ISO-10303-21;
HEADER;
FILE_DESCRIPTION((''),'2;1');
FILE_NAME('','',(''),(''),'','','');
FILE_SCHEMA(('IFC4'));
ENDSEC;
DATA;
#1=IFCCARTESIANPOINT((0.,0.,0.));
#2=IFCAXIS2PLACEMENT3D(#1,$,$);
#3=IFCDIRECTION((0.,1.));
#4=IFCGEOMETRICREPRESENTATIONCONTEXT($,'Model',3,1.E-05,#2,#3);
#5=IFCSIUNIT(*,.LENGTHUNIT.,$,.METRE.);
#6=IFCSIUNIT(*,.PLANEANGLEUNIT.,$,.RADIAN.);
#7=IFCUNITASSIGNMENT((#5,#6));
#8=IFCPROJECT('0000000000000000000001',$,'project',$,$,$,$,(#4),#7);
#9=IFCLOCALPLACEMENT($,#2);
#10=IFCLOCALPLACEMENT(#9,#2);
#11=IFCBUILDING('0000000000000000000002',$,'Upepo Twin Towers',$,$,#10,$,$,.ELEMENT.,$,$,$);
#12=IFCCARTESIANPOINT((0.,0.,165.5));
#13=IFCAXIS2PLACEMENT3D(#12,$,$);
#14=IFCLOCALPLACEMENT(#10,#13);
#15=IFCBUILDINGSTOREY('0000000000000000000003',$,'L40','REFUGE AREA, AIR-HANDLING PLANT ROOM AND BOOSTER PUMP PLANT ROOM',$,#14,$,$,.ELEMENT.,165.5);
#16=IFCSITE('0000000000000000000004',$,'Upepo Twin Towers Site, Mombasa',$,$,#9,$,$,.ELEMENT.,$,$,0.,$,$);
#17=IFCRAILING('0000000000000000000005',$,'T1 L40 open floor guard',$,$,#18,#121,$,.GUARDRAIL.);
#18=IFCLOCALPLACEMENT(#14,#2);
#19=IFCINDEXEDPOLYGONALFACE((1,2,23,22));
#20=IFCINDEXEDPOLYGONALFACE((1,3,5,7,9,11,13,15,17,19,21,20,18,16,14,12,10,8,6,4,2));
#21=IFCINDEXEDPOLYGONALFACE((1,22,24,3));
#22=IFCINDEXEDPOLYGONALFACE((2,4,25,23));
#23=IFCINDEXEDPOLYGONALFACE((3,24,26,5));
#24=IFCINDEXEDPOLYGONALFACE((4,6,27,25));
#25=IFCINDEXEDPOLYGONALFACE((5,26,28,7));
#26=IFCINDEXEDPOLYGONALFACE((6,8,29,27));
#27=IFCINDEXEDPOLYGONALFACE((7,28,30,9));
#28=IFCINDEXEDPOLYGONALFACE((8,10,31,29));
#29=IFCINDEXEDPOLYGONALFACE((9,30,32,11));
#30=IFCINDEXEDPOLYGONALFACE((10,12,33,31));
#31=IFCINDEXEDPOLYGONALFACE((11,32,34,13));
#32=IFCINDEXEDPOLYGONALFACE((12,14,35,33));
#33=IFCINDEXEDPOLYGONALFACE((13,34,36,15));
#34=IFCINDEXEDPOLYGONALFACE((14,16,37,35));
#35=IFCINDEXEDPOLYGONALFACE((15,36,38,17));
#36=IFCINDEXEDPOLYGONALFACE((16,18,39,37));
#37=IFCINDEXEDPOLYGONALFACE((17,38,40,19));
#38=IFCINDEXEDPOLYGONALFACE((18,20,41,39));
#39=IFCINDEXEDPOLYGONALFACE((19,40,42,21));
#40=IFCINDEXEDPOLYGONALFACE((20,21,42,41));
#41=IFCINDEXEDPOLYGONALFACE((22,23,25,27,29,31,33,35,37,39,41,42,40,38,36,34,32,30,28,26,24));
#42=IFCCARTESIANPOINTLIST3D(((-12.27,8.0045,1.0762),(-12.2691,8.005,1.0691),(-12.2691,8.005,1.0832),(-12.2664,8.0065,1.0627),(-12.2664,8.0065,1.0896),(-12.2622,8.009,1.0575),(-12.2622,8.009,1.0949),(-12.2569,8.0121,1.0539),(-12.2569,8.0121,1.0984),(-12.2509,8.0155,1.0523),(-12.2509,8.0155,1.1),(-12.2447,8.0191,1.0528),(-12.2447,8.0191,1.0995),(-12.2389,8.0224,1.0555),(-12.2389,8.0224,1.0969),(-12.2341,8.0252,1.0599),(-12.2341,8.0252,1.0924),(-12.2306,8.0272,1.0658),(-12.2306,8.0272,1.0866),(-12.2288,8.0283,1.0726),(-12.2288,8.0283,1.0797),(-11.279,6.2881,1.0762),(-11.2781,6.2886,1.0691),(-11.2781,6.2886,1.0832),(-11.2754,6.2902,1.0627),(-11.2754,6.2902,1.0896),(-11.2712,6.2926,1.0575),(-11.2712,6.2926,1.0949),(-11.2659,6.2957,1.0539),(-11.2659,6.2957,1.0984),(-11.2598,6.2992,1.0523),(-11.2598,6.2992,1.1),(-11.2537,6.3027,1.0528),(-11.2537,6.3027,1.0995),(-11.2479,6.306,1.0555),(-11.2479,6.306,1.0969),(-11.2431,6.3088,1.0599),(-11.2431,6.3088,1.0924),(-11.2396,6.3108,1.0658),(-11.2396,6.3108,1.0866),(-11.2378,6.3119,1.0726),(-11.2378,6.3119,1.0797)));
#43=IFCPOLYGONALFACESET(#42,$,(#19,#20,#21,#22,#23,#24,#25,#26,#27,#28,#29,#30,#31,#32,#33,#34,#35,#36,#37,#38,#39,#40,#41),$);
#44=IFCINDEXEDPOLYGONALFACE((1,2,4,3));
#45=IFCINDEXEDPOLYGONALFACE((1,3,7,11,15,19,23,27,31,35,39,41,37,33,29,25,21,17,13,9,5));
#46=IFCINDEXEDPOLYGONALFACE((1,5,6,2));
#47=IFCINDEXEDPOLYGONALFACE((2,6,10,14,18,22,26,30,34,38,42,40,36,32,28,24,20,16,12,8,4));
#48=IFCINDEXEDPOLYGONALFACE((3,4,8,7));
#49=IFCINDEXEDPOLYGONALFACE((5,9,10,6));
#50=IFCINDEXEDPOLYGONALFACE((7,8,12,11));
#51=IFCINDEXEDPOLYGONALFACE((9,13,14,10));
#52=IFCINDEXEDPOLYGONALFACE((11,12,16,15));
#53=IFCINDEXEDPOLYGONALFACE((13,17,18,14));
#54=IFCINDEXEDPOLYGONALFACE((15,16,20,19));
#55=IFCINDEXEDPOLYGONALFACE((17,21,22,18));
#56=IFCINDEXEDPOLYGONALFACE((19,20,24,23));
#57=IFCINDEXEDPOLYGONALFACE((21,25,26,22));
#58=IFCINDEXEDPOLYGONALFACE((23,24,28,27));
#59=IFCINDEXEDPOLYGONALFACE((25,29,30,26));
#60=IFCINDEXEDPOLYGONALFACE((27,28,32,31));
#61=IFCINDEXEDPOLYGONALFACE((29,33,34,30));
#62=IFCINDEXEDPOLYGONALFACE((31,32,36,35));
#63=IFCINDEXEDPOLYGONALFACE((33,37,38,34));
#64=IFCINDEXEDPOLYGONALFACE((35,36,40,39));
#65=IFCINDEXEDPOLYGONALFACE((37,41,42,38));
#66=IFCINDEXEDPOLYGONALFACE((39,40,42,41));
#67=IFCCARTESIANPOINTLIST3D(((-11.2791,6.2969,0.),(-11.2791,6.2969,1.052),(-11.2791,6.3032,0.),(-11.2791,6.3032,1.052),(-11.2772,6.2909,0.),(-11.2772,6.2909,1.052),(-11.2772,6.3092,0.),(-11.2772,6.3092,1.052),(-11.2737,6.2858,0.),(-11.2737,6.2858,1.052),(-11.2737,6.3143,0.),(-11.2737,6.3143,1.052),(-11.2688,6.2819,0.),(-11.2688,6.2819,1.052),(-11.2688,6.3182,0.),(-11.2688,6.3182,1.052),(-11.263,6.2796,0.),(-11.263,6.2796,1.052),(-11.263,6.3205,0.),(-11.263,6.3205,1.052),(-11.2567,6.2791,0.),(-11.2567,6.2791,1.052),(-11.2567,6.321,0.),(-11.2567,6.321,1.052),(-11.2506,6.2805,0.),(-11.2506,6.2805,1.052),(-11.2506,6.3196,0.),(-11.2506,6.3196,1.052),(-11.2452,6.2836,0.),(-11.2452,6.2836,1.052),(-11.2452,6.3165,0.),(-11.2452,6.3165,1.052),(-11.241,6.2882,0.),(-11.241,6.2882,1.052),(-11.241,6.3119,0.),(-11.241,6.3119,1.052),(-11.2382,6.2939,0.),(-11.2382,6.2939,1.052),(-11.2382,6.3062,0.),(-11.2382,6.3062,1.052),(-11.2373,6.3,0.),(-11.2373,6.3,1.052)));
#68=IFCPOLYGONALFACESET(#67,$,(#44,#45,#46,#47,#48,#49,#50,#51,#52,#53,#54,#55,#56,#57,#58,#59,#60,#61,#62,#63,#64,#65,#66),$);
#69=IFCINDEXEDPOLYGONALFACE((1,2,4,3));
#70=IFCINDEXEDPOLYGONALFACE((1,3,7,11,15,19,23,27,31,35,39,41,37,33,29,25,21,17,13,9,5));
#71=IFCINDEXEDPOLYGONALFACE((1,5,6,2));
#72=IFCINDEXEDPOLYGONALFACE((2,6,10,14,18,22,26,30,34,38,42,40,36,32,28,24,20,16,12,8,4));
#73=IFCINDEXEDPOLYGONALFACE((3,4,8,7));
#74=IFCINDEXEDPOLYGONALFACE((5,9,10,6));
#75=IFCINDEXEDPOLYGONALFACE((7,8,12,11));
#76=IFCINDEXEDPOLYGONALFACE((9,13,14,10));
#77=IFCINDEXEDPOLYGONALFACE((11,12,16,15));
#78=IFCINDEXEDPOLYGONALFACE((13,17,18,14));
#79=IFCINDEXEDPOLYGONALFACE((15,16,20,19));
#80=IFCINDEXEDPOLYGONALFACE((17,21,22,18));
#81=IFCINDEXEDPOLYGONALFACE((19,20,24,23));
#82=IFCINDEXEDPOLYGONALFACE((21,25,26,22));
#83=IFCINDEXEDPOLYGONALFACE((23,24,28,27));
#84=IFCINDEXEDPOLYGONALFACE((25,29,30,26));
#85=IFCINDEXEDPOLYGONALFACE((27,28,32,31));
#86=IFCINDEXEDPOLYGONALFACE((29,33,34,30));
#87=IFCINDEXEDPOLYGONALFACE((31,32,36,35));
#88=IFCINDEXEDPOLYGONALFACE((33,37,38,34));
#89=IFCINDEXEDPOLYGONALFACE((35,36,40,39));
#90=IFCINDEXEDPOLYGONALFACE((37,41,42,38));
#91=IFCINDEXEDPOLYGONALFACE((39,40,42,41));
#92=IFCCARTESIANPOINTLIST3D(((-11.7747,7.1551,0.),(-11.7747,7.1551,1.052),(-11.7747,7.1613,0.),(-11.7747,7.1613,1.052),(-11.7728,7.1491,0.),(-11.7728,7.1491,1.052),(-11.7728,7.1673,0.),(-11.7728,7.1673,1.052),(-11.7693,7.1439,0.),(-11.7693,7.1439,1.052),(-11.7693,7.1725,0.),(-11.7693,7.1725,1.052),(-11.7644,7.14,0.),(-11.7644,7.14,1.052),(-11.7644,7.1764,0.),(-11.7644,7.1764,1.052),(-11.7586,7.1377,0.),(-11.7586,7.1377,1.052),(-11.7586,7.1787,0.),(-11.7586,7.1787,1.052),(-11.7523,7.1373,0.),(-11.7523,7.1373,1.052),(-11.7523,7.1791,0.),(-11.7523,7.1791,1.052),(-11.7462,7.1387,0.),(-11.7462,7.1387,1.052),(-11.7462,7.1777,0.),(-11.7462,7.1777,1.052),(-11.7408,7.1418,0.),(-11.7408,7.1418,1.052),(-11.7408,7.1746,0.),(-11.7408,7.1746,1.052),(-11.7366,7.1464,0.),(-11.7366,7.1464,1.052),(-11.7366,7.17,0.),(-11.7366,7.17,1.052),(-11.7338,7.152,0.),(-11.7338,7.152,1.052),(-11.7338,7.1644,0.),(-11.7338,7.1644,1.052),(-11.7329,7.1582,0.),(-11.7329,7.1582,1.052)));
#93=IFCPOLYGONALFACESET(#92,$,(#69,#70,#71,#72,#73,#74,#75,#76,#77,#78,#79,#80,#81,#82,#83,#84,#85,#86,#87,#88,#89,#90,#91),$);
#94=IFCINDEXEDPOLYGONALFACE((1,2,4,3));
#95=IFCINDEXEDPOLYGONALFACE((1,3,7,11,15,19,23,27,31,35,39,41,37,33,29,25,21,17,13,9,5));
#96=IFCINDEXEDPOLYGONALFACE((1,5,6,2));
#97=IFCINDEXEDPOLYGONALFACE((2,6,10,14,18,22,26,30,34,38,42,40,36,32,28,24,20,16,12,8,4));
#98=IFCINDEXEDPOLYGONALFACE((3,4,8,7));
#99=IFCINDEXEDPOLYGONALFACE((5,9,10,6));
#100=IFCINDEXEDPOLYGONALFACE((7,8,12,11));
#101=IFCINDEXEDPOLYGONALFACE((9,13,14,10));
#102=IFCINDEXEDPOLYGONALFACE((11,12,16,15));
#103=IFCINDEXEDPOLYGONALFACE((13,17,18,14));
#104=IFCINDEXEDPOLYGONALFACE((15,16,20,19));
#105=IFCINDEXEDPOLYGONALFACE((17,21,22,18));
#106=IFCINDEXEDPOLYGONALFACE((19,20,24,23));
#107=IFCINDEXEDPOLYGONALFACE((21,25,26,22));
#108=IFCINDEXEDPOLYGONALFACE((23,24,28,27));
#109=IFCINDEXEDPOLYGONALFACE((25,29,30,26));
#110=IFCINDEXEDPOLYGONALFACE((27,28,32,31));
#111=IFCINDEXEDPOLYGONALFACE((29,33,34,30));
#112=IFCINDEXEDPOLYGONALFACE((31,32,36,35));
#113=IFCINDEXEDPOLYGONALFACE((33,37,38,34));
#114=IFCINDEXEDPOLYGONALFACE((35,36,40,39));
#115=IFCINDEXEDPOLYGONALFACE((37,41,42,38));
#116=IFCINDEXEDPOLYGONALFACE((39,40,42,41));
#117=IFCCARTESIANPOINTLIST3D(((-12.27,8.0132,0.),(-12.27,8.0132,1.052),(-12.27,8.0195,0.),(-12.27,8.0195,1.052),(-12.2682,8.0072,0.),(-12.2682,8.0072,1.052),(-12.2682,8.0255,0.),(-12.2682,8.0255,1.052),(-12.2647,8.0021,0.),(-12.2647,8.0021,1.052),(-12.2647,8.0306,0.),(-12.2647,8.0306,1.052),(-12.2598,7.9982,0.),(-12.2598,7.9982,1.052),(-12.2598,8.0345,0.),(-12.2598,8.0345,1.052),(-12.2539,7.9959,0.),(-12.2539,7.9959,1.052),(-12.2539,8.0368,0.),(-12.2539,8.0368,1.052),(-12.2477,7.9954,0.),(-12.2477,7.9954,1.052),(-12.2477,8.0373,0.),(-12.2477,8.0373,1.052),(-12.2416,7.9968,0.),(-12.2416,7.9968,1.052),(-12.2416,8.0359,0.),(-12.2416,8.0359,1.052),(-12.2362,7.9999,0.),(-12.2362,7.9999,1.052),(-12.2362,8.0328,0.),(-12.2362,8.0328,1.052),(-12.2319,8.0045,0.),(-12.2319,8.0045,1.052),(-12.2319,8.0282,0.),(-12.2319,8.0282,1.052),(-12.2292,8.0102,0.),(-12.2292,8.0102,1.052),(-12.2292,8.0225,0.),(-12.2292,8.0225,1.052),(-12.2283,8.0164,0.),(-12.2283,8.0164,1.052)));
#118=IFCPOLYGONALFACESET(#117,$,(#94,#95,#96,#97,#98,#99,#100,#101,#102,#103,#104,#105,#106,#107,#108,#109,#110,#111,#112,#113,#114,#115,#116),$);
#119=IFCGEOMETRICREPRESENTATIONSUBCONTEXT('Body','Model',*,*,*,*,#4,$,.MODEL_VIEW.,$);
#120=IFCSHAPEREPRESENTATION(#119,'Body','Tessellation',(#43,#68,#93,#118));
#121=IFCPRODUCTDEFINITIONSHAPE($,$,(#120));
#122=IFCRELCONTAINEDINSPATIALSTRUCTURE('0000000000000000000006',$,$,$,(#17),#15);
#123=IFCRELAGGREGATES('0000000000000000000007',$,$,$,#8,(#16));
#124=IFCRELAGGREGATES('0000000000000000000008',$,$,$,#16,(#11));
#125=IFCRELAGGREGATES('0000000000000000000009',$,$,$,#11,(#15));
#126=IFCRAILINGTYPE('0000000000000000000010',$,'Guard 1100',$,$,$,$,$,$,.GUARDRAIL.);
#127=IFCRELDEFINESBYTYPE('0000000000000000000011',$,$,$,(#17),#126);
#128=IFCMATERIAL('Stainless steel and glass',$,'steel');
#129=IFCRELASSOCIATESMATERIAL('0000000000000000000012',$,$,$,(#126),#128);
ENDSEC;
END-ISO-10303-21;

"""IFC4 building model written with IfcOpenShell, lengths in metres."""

from ifc_helpers import new_model, si_unit, direction, frame, origin, origin_2d, place, context, subcontext, project, spatial, circle, extrude, material, type_object, element, save


model = new_model("IFC4")

# Units and contexts
model_context = context("Model", 3, precision=1e-05, world=origin(), true_north=direction((0.0, 1.0)))
body_context = subcontext(model_context, "Body", "Model", "MODEL_VIEW")
ifc_project = project(units=[si_unit("LENGTHUNIT", "METRE"), si_unit("PLANEANGLEUNIT", "RADIAN")], contexts=[model_context])

# Site, building, storey
site_placement = place(None, origin())
site = spatial("IfcSite", under=ifc_project, at=site_placement, Name="Upepo Twin Towers Site, Mombasa", CompositionType="ELEMENT", RefElevation=0.0)
building_placement = place(site_placement, origin())
building = spatial("IfcBuilding", under=site, at=building_placement, Name="Upepo Twin Towers", CompositionType="ELEMENT")
storey_placement = place(building_placement, frame((0.0, 0.0, 165.5)))
storey = spatial("IfcBuildingStorey", under=building, at=storey_placement, Name="L40", Description="REFUGE AREA, AIR-HANDLING PLANT ROOM AND BOOSTER PUMP PLANT ROOM", CompositionType="ELEMENT", Elevation=165.5)

# Railing
ifc_material_1 = material(Name="Stainless steel and glass", Category="steel")
railing_type_1 = type_object("IfcRailingType", Name="Guard 1100", PredefinedType="GUARDRAIL", material=ifc_material_1)
railing_1_placement = place(storey_placement, frame((-11.2583, 6.3, 0.0)))
element("IfcRailing", 1, at=railing_1_placement, inside=storey, type_object=railing_type_1, Name="T1 L40 open floor guard", PredefinedType="GUARDRAIL", context=body_context, shape_type="SweptSolid", body=[
    extrude(circle(Radius=0.0239, at=origin_2d()), frame((0.0, 0.0, 1.0762), z_axis=(-0.500021, 0.866013, 0.0), x_axis=(-0.866013, -0.500021, 0.0)), (0.0, 0.0, 1.0), 1.9819),
    extrude(circle(Radius=0.021, at=origin_2d()), origin(), (0.0, 0.0, 1.0), 1.052),
    extrude(circle(Radius=0.021, at=origin_2d()), frame((-0.4956, 0.8582, 0.0)), (0.0, 0.0, 1.0), 1.052),
    extrude(circle(Radius=0.021, at=origin_2d()), frame((-0.991, 1.7163, 0.0)), (0.0, 0.0, 1.0), 1.052),
])

save(model, "model.ifc")
